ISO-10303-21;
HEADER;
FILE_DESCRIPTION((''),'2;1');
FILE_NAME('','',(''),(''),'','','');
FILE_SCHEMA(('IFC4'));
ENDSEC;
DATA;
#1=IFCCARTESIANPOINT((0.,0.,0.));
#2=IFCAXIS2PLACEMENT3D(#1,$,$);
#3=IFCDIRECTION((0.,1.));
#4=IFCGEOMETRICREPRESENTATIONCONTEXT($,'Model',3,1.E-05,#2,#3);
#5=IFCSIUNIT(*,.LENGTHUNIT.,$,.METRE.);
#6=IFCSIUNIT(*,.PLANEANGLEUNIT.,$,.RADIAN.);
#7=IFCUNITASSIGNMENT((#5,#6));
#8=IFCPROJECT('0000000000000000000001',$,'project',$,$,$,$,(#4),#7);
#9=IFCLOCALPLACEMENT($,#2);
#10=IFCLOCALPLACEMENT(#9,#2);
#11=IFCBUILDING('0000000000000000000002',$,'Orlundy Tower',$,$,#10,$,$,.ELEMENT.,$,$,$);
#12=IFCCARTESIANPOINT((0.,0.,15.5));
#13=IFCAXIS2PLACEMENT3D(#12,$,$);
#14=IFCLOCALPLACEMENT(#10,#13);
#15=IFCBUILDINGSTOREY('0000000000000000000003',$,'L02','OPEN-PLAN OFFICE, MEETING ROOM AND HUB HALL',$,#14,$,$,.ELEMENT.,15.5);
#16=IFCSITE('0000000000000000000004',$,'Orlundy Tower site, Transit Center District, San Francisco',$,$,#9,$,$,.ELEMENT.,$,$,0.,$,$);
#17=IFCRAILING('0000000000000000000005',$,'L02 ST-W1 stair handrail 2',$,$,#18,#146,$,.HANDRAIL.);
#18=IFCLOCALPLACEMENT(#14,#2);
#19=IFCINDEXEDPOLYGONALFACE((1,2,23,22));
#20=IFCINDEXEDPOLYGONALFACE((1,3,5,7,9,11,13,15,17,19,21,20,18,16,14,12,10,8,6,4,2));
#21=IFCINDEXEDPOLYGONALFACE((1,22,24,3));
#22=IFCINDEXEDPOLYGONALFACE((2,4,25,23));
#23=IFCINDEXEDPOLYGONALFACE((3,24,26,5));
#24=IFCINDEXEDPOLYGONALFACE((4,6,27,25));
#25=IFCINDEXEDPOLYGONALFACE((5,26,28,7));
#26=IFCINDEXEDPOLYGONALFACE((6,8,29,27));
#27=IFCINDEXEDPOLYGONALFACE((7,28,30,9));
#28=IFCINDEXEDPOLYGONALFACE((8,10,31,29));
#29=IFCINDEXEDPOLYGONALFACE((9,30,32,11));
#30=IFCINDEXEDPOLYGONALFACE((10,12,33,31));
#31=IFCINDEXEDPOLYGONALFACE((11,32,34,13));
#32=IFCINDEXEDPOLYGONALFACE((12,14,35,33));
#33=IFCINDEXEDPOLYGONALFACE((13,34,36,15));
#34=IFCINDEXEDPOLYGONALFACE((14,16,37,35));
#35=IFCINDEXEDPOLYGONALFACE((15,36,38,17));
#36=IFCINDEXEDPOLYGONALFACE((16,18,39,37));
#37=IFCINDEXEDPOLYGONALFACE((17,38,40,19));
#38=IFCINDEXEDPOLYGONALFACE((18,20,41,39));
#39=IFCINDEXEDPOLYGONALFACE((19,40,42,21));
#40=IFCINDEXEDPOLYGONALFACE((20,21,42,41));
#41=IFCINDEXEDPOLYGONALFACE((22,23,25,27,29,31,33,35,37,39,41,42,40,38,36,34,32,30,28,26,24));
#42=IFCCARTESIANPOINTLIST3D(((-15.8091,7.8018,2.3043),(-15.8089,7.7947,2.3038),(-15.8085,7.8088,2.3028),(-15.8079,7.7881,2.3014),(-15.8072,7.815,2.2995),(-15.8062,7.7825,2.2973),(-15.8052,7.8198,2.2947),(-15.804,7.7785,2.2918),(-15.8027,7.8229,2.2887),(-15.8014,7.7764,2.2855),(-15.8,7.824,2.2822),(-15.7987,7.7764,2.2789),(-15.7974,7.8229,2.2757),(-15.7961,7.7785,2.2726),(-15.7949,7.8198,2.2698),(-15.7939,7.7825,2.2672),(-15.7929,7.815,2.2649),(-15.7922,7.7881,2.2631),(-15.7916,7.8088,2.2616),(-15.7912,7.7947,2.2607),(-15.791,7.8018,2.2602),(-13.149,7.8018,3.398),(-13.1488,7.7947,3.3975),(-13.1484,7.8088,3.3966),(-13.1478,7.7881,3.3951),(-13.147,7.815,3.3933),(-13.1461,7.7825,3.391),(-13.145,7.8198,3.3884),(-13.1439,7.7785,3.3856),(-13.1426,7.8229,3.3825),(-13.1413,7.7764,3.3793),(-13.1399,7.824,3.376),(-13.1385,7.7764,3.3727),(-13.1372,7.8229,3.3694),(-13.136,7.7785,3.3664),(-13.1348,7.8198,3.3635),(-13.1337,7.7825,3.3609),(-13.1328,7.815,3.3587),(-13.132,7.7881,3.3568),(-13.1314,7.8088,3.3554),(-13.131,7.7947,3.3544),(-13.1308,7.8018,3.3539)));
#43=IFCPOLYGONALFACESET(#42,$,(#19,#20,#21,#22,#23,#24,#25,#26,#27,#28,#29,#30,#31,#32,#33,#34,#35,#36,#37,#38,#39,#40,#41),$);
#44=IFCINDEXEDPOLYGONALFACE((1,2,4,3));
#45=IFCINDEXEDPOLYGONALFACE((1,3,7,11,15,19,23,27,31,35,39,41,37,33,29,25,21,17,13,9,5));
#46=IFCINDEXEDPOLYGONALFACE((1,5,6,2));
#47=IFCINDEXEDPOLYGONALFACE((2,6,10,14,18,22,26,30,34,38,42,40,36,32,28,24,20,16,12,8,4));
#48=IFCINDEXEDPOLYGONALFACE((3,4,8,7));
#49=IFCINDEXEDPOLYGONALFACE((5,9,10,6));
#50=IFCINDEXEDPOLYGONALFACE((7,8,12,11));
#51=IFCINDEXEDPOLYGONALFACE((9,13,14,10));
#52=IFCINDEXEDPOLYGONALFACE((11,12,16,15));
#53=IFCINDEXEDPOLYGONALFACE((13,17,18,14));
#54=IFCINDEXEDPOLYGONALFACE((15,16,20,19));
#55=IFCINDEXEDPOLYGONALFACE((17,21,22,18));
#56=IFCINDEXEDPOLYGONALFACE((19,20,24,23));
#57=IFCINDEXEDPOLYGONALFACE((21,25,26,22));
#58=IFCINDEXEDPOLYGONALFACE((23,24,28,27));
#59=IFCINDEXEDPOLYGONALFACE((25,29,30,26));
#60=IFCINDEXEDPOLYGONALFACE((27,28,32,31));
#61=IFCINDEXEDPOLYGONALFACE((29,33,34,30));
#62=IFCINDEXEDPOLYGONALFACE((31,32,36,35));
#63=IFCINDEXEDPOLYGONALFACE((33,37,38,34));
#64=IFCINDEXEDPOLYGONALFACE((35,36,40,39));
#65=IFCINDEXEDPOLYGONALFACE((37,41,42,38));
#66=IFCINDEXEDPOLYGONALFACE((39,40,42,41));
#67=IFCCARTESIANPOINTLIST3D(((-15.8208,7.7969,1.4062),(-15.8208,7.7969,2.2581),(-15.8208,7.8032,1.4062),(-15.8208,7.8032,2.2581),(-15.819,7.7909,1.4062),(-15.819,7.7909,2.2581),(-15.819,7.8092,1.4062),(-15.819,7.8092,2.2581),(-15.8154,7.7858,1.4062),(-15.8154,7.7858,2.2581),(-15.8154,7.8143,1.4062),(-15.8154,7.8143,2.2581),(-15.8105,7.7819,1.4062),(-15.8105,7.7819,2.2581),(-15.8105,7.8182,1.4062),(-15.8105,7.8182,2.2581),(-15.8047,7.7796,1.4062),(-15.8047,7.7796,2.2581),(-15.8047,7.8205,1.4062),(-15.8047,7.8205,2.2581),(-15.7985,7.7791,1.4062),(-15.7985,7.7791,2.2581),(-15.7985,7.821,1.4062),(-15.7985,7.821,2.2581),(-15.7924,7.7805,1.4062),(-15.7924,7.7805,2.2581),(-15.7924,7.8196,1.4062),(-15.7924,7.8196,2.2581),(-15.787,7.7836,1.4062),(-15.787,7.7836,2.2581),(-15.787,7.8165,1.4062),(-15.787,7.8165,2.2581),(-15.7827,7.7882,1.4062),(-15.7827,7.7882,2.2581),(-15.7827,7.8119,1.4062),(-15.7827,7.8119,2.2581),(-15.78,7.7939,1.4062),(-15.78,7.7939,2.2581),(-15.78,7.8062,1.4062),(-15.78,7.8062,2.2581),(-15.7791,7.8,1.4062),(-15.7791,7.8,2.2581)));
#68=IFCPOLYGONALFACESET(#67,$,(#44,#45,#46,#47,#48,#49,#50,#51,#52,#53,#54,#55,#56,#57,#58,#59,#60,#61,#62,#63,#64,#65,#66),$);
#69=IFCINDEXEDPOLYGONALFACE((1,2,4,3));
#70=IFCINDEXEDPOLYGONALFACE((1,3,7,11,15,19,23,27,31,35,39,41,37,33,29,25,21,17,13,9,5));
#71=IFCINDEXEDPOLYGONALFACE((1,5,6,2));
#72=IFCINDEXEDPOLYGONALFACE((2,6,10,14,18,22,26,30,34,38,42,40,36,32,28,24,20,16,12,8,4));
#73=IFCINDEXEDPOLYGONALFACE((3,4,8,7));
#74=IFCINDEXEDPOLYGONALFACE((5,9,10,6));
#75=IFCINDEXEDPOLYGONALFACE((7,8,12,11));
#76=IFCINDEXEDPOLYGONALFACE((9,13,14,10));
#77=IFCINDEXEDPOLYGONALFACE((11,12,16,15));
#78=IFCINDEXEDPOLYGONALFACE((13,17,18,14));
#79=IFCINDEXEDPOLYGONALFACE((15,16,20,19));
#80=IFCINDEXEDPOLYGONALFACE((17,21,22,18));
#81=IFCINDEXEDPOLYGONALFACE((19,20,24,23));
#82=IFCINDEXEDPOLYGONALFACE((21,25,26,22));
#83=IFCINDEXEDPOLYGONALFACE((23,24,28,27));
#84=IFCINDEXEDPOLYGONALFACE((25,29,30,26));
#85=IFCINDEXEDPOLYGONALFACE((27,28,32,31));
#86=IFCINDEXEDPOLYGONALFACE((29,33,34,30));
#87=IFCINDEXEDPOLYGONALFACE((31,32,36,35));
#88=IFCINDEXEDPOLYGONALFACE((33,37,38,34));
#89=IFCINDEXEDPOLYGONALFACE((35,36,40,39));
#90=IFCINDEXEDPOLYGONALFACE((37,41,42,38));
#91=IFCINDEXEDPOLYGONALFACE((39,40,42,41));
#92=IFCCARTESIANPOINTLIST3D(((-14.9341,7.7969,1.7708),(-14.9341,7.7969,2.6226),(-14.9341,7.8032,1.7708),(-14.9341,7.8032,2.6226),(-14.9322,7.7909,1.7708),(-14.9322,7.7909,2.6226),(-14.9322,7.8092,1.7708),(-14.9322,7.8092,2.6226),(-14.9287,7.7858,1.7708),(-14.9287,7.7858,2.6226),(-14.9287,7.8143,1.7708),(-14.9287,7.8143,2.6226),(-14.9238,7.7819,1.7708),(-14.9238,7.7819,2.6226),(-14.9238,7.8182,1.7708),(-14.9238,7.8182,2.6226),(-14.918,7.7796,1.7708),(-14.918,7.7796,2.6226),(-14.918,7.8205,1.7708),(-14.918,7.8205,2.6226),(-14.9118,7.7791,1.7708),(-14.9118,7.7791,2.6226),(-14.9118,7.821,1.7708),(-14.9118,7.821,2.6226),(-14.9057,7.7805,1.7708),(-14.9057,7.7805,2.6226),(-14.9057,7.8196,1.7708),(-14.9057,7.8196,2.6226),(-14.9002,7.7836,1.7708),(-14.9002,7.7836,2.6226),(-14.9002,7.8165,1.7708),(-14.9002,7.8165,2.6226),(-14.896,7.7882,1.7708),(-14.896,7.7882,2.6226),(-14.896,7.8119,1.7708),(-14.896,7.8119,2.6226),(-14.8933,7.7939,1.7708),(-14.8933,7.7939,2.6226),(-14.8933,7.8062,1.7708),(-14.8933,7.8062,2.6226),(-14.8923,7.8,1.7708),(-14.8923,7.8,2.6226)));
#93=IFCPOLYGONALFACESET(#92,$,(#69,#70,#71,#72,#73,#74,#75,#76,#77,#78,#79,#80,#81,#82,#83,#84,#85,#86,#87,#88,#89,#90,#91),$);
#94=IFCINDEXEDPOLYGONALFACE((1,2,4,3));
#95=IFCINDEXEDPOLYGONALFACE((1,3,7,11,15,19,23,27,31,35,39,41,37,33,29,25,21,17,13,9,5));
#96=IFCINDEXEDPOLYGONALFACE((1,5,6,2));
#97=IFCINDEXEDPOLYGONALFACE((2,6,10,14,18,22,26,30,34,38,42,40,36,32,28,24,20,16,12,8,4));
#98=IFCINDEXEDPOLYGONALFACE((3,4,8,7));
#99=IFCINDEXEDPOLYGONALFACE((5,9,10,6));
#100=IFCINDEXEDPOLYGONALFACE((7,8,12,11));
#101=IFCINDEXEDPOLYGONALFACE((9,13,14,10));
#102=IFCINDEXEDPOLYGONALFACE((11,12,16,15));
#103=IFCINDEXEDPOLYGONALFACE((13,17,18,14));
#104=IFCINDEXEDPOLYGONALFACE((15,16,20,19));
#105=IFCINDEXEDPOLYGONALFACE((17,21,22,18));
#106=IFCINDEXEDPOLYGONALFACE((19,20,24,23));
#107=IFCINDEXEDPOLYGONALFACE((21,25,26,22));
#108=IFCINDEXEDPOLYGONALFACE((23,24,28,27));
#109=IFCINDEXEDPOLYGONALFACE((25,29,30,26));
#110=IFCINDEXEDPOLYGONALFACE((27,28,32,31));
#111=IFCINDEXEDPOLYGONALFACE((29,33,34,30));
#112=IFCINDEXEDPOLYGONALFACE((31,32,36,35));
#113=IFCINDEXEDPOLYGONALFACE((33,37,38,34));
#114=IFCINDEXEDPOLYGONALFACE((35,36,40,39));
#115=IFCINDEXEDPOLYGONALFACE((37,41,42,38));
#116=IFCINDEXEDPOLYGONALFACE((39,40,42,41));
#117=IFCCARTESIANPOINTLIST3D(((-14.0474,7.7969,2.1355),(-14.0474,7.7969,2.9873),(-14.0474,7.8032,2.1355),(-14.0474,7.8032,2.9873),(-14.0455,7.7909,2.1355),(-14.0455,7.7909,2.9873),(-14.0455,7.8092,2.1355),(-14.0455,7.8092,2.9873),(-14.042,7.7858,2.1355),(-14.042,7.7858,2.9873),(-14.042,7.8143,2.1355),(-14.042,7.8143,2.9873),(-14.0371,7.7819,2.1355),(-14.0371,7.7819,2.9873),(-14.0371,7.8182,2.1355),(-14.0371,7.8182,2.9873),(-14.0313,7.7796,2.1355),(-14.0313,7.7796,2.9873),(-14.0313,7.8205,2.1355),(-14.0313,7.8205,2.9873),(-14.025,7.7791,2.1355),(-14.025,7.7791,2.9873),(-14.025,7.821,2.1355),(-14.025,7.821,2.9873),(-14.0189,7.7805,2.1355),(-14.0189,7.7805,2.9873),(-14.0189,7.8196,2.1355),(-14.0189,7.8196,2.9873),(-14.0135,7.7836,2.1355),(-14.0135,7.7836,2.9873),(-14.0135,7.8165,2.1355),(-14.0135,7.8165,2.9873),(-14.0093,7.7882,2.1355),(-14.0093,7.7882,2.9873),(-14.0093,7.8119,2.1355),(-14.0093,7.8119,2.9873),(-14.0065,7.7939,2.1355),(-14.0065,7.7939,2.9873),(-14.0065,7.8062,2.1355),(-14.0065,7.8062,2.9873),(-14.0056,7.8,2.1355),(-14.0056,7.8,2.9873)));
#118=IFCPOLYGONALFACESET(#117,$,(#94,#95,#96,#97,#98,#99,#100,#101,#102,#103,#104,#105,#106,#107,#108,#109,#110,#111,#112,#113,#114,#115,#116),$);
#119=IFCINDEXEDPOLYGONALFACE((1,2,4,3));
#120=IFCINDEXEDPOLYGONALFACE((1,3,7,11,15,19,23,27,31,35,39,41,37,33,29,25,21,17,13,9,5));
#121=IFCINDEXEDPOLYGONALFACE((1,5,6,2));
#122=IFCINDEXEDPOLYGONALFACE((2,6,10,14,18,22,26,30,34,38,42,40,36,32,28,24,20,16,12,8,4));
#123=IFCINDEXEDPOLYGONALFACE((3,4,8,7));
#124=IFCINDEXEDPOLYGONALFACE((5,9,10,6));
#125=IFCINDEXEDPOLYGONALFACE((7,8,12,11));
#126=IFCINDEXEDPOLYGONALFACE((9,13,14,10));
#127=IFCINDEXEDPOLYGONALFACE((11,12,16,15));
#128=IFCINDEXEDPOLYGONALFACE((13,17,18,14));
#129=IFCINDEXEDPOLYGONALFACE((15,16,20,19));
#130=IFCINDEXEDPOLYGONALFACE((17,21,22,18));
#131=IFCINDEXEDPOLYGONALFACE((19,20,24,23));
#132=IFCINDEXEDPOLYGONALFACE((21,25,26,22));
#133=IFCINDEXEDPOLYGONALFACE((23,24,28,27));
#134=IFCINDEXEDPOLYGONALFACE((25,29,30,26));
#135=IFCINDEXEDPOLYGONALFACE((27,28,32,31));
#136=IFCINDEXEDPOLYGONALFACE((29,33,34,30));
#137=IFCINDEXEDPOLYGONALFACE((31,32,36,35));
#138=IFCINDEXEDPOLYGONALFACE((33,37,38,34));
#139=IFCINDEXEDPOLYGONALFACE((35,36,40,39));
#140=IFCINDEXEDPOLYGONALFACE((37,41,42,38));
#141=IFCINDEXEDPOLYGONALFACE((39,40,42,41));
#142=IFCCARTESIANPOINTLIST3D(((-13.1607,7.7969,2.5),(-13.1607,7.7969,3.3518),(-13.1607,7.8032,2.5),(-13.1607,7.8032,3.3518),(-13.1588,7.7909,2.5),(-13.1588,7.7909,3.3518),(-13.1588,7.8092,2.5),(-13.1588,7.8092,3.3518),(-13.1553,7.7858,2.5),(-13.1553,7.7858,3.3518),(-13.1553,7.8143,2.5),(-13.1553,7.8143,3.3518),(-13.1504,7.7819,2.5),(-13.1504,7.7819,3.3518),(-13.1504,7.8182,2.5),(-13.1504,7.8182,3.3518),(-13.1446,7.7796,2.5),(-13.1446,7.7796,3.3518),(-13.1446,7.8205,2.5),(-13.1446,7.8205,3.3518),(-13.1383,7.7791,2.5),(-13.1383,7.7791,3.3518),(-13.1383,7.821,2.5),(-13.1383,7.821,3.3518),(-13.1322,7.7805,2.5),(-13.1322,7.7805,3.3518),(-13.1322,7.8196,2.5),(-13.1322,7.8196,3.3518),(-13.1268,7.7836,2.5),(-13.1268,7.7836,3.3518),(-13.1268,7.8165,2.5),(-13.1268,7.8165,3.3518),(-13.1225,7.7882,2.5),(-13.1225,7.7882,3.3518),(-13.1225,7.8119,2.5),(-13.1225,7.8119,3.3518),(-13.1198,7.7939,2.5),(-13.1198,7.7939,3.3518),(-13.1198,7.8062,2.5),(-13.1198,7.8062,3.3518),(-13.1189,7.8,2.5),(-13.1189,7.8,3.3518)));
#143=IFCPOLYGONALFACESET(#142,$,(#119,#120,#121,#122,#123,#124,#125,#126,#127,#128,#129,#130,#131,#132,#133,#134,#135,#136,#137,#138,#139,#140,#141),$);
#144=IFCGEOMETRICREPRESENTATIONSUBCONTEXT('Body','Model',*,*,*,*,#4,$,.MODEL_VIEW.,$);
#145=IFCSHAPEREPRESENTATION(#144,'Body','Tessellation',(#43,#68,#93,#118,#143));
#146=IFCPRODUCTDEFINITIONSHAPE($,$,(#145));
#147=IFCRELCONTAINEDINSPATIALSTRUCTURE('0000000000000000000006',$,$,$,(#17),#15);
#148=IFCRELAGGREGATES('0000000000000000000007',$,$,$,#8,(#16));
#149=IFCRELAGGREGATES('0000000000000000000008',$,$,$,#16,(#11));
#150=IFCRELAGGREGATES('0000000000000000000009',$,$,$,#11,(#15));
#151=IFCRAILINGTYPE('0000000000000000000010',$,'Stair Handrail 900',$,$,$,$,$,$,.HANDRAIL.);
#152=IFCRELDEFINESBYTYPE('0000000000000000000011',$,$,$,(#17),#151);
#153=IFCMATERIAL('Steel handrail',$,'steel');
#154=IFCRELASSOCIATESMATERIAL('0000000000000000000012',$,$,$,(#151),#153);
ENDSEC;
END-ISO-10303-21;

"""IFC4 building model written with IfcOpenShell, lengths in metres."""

from ifc_helpers import new_model, si_unit, direction, frame, origin, origin_2d, place, context, subcontext, project, spatial, circle, extrude, material, type_object, element, save


model = new_model("IFC4")

# Units and contexts
model_context = context("Model", 3, precision=1e-05, world=origin(), true_north=direction((0.0, 1.0)))
body_context = subcontext(model_context, "Body", "Model", "MODEL_VIEW")
ifc_project = project(units=[si_unit("LENGTHUNIT", "METRE"), si_unit("PLANEANGLEUNIT", "RADIAN")], contexts=[model_context])

# Site, building, storey
site_placement = place(None, origin())
site = spatial("IfcSite", under=ifc_project, at=site_placement, Name="Orlundy Tower site, Transit Center District, San Francisco", CompositionType="ELEMENT", RefElevation=0.0)
building_placement = place(site_placement, origin())
building = spatial("IfcBuilding", under=site, at=building_placement, Name="Orlundy Tower", CompositionType="ELEMENT")
storey_placement = place(building_placement, frame((0.0, 0.0, 15.5)))
storey = spatial("IfcBuildingStorey", under=building, at=storey_placement, Name="L02", Description="OPEN-PLAN OFFICE, MEETING ROOM AND HUB HALL", CompositionType="ELEMENT", Elevation=15.5)

# Railing
ifc_material_1 = material(Name="Steel handrail", Category="steel")
railing_type_1 = type_object("IfcRailingType", Name="Stair Handrail 900", PredefinedType="HANDRAIL", material=ifc_material_1)
railing_1_placement = place(storey_placement, frame((-15.8, 7.8, 1.4062)))
element("IfcRailing", 1, at=railing_1_placement, inside=storey, type_object=railing_type_1, Name="L02 ST-W1 stair handrail 2", PredefinedType="HANDRAIL", context=body_context, shape_type="SweptSolid", body=[
    extrude(circle(Radius=0.0239, at=origin_2d()), frame((0.0, 0.0, 0.876), z_axis=(0.924875, 0.0, 0.380272), x_axis=(0.0, 1.0, 0.0)), (0.0, 0.0, 1.0), 2.8762),
    extrude(circle(Radius=0.021, at=origin_2d()), origin(), (0.0, 0.0, 1.0), 0.8518),
    extrude(circle(Radius=0.021, at=origin_2d()), frame((0.8867, 0.0, 0.3645)), (0.0, 0.0, 1.0), 0.8518),
    extrude(circle(Radius=0.021, at=origin_2d()), frame((1.7734, 0.0, 0.7292)), (0.0, 0.0, 1.0), 0.8518),
    extrude(circle(Radius=0.021, at=origin_2d()), frame((2.6602, 0.0, 1.0938)), (0.0, 0.0, 1.0), 0.8518),
])

save(model, "model.ifc")
